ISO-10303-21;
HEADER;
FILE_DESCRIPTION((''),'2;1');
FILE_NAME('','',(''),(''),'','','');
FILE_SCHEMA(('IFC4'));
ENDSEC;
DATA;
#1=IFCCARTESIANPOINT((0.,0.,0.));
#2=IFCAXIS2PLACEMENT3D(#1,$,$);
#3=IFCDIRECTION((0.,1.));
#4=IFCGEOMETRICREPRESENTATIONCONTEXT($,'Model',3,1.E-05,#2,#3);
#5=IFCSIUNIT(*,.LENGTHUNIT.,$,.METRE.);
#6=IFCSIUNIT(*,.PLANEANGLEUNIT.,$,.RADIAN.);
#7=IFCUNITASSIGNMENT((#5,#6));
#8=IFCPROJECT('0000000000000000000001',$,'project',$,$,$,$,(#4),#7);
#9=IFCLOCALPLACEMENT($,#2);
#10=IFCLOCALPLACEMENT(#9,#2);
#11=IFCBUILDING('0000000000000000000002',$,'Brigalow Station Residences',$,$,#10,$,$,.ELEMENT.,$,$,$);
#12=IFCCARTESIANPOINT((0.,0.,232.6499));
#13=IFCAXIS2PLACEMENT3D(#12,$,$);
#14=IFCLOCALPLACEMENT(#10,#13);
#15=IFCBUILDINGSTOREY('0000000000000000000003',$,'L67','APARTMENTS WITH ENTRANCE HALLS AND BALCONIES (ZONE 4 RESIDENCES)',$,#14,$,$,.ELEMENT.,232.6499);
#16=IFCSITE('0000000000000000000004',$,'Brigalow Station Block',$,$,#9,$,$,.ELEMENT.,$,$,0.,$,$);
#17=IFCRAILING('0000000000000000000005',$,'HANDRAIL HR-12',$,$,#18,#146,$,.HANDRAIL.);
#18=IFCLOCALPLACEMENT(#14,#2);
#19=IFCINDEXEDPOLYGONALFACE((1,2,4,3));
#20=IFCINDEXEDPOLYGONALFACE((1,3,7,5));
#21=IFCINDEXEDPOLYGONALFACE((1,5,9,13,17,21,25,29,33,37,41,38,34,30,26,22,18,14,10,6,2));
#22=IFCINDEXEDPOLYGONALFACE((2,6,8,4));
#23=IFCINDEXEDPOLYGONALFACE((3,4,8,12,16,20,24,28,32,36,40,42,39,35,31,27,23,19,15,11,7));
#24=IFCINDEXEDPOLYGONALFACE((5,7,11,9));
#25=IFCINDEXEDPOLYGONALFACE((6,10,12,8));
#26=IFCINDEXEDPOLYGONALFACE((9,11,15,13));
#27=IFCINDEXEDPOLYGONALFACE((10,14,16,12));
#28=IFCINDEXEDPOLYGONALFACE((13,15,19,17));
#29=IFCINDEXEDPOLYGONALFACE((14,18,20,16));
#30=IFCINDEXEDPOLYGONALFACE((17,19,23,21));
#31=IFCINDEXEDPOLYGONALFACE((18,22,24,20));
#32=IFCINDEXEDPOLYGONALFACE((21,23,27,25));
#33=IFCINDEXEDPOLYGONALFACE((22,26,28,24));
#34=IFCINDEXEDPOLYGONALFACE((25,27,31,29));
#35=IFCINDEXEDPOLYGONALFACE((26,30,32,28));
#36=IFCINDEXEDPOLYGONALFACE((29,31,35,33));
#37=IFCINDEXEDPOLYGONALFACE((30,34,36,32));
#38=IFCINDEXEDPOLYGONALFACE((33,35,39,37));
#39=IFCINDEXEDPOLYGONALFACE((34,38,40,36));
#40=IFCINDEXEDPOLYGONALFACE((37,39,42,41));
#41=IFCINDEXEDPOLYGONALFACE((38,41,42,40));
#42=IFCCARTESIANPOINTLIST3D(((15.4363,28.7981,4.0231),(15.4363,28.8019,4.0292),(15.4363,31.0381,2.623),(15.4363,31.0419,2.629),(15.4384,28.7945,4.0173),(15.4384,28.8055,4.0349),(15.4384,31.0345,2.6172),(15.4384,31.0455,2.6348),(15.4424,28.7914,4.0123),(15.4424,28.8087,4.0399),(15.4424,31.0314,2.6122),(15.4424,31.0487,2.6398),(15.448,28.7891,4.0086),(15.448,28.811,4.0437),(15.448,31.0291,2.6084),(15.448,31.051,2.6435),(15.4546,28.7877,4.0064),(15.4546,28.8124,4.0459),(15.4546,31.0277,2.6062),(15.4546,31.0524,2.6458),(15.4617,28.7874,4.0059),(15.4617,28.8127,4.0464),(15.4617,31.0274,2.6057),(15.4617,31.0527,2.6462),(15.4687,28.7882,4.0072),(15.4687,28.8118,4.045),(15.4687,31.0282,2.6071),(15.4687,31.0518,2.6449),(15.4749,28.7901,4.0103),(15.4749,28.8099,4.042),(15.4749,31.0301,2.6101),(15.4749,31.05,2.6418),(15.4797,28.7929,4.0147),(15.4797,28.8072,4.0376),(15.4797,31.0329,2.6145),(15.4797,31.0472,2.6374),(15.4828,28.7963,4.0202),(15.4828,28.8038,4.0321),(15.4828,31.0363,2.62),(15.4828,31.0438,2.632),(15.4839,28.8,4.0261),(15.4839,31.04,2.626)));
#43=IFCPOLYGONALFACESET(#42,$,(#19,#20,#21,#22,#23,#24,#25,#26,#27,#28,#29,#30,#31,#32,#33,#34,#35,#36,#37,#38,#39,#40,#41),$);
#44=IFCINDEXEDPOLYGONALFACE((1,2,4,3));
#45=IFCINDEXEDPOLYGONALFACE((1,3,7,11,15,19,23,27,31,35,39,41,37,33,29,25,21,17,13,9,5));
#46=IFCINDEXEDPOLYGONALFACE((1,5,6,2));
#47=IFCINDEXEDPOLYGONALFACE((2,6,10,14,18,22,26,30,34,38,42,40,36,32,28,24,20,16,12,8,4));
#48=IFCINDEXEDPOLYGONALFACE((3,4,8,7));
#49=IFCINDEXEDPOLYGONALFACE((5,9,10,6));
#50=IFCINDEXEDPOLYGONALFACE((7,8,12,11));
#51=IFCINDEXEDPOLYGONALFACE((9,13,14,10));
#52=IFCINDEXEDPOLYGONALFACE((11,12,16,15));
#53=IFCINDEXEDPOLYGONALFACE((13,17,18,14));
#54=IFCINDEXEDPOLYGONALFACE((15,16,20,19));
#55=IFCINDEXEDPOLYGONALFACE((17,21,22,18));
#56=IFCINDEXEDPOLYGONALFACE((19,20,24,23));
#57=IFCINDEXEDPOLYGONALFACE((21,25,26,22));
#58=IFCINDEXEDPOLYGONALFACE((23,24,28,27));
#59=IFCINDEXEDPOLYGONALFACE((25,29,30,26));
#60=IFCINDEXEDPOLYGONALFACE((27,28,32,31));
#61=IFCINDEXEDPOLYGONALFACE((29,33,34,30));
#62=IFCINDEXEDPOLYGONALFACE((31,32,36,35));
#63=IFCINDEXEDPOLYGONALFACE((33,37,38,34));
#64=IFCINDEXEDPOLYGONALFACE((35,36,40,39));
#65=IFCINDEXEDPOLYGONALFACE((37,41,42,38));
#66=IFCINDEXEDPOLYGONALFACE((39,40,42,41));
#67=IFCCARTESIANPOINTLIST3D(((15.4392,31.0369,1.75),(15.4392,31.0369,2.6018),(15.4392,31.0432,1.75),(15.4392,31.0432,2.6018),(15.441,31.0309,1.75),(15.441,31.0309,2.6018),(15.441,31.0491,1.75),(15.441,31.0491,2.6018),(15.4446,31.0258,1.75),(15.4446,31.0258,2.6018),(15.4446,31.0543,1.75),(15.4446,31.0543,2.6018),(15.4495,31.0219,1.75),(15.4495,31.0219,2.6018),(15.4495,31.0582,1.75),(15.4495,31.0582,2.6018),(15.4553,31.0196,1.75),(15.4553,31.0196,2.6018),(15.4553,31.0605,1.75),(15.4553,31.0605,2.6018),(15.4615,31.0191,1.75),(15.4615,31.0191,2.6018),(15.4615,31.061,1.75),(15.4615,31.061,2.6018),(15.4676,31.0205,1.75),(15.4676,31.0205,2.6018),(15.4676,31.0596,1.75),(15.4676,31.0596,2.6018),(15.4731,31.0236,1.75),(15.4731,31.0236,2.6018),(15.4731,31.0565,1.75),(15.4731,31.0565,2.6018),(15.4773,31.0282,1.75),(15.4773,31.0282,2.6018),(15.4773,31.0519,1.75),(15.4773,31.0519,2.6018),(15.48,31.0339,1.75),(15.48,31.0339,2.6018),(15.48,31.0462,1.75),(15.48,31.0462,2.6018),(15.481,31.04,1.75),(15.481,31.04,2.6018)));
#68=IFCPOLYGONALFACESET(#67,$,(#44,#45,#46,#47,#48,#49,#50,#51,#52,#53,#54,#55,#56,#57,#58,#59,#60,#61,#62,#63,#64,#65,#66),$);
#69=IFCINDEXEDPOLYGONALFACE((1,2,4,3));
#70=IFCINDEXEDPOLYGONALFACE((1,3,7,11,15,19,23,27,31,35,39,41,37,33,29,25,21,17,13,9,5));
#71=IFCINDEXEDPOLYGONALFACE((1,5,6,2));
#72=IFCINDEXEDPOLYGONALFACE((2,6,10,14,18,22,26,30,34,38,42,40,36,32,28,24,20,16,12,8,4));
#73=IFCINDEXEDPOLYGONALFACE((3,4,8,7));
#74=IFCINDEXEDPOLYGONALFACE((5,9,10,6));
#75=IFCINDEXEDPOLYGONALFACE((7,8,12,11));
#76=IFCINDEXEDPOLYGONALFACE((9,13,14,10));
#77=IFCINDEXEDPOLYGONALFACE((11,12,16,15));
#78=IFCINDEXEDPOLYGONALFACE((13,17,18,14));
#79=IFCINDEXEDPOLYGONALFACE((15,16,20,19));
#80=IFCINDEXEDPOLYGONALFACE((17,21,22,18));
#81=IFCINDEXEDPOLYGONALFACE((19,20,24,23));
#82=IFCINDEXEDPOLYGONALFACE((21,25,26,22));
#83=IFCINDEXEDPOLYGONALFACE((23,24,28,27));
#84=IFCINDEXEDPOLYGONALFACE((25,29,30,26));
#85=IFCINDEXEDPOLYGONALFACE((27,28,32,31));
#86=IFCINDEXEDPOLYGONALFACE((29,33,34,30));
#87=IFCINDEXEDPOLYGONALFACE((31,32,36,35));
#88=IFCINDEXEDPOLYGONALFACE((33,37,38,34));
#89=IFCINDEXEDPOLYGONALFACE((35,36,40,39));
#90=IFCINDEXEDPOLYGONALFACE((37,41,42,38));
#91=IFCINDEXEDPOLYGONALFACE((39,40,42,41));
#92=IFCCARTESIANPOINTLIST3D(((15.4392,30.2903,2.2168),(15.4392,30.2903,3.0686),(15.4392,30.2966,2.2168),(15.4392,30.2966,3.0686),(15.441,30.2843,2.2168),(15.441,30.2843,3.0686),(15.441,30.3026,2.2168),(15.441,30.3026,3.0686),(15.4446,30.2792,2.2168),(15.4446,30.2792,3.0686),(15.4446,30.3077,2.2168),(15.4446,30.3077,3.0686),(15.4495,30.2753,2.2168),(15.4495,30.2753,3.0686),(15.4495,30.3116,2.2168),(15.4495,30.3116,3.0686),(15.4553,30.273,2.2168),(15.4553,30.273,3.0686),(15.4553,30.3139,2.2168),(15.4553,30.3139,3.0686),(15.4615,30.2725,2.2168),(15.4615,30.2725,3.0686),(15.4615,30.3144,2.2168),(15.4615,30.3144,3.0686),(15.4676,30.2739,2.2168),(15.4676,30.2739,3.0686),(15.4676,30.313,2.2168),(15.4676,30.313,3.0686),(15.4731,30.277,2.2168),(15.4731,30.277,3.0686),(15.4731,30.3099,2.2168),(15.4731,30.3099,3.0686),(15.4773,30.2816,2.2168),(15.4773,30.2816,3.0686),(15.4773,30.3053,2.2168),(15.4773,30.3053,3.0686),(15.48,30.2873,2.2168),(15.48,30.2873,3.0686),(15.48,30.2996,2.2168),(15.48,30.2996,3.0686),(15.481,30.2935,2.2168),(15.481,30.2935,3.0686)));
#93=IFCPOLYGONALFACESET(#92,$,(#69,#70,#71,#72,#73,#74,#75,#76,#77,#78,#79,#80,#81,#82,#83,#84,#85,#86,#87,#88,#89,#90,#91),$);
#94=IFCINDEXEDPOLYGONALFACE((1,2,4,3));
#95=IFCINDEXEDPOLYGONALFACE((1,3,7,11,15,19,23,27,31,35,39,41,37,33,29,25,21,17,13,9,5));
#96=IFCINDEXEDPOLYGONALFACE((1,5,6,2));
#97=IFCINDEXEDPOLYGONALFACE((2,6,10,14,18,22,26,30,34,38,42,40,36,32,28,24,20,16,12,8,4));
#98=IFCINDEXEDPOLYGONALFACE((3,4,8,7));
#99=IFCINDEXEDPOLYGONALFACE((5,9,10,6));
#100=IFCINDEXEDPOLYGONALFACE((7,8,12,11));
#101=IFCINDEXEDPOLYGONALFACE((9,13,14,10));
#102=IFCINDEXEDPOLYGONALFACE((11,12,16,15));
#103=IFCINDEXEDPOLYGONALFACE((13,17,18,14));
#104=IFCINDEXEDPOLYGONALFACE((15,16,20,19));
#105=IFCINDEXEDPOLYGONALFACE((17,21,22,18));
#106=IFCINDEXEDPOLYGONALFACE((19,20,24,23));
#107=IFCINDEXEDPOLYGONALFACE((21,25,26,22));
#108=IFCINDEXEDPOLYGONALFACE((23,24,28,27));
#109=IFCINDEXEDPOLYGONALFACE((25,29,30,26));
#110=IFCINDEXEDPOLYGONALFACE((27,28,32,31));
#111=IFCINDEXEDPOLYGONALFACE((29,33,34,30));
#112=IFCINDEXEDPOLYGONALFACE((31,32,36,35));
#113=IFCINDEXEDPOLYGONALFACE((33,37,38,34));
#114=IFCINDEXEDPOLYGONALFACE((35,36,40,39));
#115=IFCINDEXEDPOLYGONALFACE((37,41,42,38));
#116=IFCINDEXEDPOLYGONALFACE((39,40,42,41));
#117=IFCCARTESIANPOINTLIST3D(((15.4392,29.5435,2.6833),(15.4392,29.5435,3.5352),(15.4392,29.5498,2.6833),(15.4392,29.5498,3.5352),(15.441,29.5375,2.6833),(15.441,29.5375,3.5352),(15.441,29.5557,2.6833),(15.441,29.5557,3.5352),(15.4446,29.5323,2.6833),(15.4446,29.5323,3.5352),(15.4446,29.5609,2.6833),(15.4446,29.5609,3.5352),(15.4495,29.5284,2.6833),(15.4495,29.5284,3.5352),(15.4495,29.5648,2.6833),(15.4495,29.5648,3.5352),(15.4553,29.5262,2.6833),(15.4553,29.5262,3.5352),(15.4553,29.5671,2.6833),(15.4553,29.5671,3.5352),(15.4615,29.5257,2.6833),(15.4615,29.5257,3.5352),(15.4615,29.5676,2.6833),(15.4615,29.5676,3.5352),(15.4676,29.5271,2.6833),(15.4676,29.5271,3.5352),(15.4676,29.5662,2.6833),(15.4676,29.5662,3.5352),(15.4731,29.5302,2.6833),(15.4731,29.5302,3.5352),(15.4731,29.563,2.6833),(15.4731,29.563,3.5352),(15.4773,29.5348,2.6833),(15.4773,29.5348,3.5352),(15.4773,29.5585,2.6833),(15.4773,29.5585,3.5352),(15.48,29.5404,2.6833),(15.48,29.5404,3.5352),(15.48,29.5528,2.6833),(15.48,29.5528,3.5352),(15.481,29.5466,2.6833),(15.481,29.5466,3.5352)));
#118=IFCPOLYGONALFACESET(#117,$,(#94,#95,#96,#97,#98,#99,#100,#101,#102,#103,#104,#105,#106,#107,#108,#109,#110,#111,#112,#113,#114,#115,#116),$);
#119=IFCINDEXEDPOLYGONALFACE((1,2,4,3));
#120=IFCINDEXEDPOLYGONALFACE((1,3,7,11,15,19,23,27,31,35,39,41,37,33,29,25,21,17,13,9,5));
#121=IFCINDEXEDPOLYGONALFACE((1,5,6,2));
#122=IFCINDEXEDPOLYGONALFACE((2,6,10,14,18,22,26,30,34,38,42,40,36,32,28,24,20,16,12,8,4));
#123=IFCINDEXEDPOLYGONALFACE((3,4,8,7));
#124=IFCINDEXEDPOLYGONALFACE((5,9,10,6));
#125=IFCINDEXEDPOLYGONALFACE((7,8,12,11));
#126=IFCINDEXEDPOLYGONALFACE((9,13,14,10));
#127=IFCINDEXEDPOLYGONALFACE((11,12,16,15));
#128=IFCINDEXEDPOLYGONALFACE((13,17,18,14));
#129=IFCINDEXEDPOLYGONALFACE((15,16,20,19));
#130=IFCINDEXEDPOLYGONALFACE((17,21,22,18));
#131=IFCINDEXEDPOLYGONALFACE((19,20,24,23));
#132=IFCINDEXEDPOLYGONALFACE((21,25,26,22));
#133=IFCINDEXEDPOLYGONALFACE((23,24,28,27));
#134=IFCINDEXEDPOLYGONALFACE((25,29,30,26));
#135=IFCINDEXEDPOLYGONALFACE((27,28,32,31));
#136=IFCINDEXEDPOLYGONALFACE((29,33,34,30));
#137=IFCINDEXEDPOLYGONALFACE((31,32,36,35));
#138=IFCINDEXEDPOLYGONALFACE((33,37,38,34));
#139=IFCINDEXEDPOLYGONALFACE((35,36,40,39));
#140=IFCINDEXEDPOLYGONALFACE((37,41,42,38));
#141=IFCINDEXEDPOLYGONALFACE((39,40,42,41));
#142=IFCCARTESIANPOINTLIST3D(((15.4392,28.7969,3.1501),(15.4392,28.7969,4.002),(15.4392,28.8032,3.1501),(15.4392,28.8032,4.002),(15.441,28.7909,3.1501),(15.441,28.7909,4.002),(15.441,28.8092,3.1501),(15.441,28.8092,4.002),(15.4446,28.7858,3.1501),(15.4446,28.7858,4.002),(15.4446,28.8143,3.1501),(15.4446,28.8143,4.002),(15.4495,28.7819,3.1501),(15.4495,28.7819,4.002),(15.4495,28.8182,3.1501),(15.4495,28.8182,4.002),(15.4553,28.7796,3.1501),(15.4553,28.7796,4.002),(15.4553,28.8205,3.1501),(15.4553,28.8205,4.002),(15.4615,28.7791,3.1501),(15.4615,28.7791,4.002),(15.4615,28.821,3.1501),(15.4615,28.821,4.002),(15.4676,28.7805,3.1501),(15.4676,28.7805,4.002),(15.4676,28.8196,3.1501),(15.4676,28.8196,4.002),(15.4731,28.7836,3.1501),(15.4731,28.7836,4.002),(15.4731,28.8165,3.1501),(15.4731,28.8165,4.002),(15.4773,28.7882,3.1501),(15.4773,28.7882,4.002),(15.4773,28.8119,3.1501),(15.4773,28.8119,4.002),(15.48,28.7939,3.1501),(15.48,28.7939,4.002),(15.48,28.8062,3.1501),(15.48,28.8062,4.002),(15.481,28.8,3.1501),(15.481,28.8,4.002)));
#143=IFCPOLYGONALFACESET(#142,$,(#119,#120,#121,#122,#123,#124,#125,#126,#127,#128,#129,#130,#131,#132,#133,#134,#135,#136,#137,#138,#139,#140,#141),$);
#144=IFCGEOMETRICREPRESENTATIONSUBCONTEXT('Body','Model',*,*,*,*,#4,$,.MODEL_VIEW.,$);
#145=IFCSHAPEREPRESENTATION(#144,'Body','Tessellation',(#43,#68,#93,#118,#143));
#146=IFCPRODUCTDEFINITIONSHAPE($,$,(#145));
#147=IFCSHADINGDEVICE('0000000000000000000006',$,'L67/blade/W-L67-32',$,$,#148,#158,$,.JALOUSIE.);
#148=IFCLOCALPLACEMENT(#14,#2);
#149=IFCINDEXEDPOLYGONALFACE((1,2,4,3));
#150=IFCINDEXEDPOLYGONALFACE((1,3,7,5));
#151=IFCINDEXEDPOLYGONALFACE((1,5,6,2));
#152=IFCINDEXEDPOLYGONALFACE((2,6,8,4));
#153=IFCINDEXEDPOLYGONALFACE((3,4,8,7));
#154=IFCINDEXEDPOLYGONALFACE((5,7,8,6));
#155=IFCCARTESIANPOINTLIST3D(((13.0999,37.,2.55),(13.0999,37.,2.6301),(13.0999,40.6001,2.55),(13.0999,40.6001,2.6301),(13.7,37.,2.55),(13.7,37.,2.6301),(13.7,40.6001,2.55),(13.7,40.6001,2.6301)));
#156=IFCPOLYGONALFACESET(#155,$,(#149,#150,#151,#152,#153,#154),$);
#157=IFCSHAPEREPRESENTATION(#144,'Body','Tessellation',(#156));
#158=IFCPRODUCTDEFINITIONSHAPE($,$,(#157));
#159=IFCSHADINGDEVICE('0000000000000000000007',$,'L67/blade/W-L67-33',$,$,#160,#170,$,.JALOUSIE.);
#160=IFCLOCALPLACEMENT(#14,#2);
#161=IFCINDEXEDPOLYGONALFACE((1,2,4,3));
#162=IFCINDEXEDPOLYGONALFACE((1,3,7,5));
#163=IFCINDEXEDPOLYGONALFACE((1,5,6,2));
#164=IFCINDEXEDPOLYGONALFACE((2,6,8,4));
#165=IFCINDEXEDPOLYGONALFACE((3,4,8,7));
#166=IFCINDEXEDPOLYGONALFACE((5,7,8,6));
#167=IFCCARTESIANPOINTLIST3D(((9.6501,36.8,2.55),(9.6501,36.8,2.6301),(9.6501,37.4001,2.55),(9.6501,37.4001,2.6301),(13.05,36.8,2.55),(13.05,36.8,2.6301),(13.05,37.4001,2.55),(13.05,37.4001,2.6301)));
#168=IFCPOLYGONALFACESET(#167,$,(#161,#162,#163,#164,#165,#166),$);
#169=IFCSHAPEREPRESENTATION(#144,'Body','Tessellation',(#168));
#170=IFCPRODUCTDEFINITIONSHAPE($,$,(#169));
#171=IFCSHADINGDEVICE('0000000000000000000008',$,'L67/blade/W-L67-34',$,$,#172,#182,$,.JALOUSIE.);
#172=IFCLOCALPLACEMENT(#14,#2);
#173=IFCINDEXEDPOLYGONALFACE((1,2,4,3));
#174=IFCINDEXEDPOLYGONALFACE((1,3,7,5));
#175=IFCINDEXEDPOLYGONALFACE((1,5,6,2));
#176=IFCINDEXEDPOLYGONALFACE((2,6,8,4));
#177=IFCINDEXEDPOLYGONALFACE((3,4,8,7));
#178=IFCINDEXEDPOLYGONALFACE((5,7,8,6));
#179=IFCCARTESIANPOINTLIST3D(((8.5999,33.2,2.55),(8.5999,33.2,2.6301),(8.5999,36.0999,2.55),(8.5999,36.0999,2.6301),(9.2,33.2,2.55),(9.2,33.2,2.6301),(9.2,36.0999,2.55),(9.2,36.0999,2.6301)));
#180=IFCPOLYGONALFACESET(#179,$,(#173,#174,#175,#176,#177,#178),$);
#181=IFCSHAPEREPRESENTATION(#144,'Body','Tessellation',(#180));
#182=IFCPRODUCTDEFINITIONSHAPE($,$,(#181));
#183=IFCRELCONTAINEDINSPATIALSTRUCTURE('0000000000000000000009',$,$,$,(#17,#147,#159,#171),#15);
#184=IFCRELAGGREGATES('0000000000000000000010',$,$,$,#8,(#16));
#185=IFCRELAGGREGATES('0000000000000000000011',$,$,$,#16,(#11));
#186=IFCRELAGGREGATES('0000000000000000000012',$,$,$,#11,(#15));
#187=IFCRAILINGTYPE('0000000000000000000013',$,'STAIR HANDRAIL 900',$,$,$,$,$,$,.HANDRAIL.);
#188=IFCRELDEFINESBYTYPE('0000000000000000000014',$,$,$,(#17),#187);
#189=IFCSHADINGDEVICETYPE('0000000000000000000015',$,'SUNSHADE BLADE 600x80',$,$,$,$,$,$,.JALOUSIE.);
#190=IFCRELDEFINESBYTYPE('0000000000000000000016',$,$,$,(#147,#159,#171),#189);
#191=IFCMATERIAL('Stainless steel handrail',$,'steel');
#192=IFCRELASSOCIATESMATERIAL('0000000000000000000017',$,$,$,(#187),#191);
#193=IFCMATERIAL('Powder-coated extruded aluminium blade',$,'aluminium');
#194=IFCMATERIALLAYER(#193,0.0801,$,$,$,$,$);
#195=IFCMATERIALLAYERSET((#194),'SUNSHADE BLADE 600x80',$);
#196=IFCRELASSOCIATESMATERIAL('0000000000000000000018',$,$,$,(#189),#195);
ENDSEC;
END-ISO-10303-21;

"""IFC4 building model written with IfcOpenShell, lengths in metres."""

from ifc_helpers import new_model, si_unit, direction, frame, origin, origin_2d, place, context, subcontext, project, spatial, rectangle, circle, extrude, material, layer, layer_set, type_object, element, save


model = new_model("IFC4")

# Units and contexts
model_context = context("Model", 3, precision=1e-05, world=origin(), true_north=direction((0.0, 1.0)))
body_context = subcontext(model_context, "Body", "Model", "MODEL_VIEW")
ifc_project = project(units=[si_unit("LENGTHUNIT", "METRE"), si_unit("PLANEANGLEUNIT", "RADIAN")], contexts=[model_context])

# Site, building, storey
site_placement = place(None, origin())
site = spatial("IfcSite", under=ifc_project, at=site_placement, Name="Brigalow Station Block", CompositionType="ELEMENT", RefElevation=0.0)
building_placement = place(site_placement, origin())
building = spatial("IfcBuilding", under=site, at=building_placement, Name="Brigalow Station Residences", CompositionType="ELEMENT")
storey_placement = place(building_placement, frame((0.0, 0.0, 232.6499)))
storey = spatial("IfcBuildingStorey", under=building, at=storey_placement, Name="L67", Description="APARTMENTS WITH ENTRANCE HALLS AND BALCONIES (ZONE 4 RESIDENCES)", CompositionType="ELEMENT", Elevation=232.6499)

# Railing
ifc_material_1 = material(Name="Stainless steel handrail", Category="steel")
railing_type = type_object("IfcRailingType", Name="STAIR HANDRAIL 900", PredefinedType="HANDRAIL", material=ifc_material_1)
railing_placement = place(storey_placement, frame((15.46, 31.04, 1.75)))
element("IfcRailing", 1, at=railing_placement, inside=storey, type_object=railing_type, Name="HANDRAIL HR-12", PredefinedType="HANDRAIL", context=body_context, shape_type="SweptSolid", body=[
    extrude(circle(Radius=0.0239, at=origin_2d()), frame((0.0, 0.0, 0.876), z_axis=(0.0, -0.847972, 0.53004), x_axis=(1.0, 0.0, 0.0)), (0.0, 0.0, 1.0), 2.6416),
    extrude(circle(Radius=0.021, at=origin_2d()), origin(), (0.0, 0.0, 1.0), 0.8518),
    extrude(circle(Radius=0.021, at=origin_2d()), frame((0.0, -0.7466, 0.4668)), (0.0, 0.0, 1.0), 0.8518),
    extrude(circle(Radius=0.021, at=origin_2d()), frame((0.0, -1.4934, 0.9333)), (0.0, 0.0, 1.0), 0.8518),
    extrude(circle(Radius=0.021, at=origin_2d()), frame((0.0, -2.24, 1.4001)), (0.0, 0.0, 1.0), 0.8518),
])

# Shading devices
ifc_material_2 = material(Name="Powder-coated extruded aluminium blade", Category="aluminium")
ifc_layer_1 = layer(ifc_material_2, 0.0801)
ifc_layer_set_1 = layer_set([ifc_layer_1], Name="SUNSHADE BLADE 600x80")
shading_device_type = type_object("IfcShadingDeviceType", Name="SUNSHADE BLADE 600x80", PredefinedType="JALOUSIE", material=ifc_layer_set_1)
shading_device_1_placement = place(storey_placement, frame((13.3999, 38.8, 2.55), z_axis=(0.0, 0.0, 1.0), x_axis=(0.0, -1.0, 0.0)))
element("IfcShadingDevice", 2, at=shading_device_1_placement, inside=storey, type_object=shading_device_type, Name="L67/blade/W-L67-32", PredefinedType="JALOUSIE", context=body_context, shape_type="SweptSolid", body=[
    extrude(rectangle(XDim=3.6001, YDim=0.6001, at=origin_2d()), origin(), (0.0, 0.0, 1.0), 0.0801),
])
shading_device_2_placement = place(storey_placement, frame((11.3501, 37.1001, 2.55), z_axis=(0.0, 0.0, 1.0), x_axis=(-1.0, 0.0, 0.0)))
element("IfcShadingDevice", 3, at=shading_device_2_placement, inside=storey, type_object=shading_device_type, Name="L67/blade/W-L67-33", PredefinedType="JALOUSIE", context=body_context, shape_type="SweptSolid", body=[
    extrude(rectangle(XDim=3.3999, YDim=0.6001, at=origin_2d()), origin(), (0.0, 0.0, 1.0), 0.0801),
])
shading_device_3_placement = place(storey_placement, frame((8.8999, 34.6499, 2.55), z_axis=(0.0, 0.0, 1.0), x_axis=(0.0, -1.0, 0.0)))
element("IfcShadingDevice", 4, at=shading_device_3_placement, inside=storey, type_object=shading_device_type, Name="L67/blade/W-L67-34", PredefinedType="JALOUSIE", context=body_context, shape_type="SweptSolid", body=[
    extrude(rectangle(XDim=2.8999, YDim=0.6001, at=origin_2d()), origin(), (0.0, 0.0, 1.0), 0.0801),
])

save(model, "model.ifc")
